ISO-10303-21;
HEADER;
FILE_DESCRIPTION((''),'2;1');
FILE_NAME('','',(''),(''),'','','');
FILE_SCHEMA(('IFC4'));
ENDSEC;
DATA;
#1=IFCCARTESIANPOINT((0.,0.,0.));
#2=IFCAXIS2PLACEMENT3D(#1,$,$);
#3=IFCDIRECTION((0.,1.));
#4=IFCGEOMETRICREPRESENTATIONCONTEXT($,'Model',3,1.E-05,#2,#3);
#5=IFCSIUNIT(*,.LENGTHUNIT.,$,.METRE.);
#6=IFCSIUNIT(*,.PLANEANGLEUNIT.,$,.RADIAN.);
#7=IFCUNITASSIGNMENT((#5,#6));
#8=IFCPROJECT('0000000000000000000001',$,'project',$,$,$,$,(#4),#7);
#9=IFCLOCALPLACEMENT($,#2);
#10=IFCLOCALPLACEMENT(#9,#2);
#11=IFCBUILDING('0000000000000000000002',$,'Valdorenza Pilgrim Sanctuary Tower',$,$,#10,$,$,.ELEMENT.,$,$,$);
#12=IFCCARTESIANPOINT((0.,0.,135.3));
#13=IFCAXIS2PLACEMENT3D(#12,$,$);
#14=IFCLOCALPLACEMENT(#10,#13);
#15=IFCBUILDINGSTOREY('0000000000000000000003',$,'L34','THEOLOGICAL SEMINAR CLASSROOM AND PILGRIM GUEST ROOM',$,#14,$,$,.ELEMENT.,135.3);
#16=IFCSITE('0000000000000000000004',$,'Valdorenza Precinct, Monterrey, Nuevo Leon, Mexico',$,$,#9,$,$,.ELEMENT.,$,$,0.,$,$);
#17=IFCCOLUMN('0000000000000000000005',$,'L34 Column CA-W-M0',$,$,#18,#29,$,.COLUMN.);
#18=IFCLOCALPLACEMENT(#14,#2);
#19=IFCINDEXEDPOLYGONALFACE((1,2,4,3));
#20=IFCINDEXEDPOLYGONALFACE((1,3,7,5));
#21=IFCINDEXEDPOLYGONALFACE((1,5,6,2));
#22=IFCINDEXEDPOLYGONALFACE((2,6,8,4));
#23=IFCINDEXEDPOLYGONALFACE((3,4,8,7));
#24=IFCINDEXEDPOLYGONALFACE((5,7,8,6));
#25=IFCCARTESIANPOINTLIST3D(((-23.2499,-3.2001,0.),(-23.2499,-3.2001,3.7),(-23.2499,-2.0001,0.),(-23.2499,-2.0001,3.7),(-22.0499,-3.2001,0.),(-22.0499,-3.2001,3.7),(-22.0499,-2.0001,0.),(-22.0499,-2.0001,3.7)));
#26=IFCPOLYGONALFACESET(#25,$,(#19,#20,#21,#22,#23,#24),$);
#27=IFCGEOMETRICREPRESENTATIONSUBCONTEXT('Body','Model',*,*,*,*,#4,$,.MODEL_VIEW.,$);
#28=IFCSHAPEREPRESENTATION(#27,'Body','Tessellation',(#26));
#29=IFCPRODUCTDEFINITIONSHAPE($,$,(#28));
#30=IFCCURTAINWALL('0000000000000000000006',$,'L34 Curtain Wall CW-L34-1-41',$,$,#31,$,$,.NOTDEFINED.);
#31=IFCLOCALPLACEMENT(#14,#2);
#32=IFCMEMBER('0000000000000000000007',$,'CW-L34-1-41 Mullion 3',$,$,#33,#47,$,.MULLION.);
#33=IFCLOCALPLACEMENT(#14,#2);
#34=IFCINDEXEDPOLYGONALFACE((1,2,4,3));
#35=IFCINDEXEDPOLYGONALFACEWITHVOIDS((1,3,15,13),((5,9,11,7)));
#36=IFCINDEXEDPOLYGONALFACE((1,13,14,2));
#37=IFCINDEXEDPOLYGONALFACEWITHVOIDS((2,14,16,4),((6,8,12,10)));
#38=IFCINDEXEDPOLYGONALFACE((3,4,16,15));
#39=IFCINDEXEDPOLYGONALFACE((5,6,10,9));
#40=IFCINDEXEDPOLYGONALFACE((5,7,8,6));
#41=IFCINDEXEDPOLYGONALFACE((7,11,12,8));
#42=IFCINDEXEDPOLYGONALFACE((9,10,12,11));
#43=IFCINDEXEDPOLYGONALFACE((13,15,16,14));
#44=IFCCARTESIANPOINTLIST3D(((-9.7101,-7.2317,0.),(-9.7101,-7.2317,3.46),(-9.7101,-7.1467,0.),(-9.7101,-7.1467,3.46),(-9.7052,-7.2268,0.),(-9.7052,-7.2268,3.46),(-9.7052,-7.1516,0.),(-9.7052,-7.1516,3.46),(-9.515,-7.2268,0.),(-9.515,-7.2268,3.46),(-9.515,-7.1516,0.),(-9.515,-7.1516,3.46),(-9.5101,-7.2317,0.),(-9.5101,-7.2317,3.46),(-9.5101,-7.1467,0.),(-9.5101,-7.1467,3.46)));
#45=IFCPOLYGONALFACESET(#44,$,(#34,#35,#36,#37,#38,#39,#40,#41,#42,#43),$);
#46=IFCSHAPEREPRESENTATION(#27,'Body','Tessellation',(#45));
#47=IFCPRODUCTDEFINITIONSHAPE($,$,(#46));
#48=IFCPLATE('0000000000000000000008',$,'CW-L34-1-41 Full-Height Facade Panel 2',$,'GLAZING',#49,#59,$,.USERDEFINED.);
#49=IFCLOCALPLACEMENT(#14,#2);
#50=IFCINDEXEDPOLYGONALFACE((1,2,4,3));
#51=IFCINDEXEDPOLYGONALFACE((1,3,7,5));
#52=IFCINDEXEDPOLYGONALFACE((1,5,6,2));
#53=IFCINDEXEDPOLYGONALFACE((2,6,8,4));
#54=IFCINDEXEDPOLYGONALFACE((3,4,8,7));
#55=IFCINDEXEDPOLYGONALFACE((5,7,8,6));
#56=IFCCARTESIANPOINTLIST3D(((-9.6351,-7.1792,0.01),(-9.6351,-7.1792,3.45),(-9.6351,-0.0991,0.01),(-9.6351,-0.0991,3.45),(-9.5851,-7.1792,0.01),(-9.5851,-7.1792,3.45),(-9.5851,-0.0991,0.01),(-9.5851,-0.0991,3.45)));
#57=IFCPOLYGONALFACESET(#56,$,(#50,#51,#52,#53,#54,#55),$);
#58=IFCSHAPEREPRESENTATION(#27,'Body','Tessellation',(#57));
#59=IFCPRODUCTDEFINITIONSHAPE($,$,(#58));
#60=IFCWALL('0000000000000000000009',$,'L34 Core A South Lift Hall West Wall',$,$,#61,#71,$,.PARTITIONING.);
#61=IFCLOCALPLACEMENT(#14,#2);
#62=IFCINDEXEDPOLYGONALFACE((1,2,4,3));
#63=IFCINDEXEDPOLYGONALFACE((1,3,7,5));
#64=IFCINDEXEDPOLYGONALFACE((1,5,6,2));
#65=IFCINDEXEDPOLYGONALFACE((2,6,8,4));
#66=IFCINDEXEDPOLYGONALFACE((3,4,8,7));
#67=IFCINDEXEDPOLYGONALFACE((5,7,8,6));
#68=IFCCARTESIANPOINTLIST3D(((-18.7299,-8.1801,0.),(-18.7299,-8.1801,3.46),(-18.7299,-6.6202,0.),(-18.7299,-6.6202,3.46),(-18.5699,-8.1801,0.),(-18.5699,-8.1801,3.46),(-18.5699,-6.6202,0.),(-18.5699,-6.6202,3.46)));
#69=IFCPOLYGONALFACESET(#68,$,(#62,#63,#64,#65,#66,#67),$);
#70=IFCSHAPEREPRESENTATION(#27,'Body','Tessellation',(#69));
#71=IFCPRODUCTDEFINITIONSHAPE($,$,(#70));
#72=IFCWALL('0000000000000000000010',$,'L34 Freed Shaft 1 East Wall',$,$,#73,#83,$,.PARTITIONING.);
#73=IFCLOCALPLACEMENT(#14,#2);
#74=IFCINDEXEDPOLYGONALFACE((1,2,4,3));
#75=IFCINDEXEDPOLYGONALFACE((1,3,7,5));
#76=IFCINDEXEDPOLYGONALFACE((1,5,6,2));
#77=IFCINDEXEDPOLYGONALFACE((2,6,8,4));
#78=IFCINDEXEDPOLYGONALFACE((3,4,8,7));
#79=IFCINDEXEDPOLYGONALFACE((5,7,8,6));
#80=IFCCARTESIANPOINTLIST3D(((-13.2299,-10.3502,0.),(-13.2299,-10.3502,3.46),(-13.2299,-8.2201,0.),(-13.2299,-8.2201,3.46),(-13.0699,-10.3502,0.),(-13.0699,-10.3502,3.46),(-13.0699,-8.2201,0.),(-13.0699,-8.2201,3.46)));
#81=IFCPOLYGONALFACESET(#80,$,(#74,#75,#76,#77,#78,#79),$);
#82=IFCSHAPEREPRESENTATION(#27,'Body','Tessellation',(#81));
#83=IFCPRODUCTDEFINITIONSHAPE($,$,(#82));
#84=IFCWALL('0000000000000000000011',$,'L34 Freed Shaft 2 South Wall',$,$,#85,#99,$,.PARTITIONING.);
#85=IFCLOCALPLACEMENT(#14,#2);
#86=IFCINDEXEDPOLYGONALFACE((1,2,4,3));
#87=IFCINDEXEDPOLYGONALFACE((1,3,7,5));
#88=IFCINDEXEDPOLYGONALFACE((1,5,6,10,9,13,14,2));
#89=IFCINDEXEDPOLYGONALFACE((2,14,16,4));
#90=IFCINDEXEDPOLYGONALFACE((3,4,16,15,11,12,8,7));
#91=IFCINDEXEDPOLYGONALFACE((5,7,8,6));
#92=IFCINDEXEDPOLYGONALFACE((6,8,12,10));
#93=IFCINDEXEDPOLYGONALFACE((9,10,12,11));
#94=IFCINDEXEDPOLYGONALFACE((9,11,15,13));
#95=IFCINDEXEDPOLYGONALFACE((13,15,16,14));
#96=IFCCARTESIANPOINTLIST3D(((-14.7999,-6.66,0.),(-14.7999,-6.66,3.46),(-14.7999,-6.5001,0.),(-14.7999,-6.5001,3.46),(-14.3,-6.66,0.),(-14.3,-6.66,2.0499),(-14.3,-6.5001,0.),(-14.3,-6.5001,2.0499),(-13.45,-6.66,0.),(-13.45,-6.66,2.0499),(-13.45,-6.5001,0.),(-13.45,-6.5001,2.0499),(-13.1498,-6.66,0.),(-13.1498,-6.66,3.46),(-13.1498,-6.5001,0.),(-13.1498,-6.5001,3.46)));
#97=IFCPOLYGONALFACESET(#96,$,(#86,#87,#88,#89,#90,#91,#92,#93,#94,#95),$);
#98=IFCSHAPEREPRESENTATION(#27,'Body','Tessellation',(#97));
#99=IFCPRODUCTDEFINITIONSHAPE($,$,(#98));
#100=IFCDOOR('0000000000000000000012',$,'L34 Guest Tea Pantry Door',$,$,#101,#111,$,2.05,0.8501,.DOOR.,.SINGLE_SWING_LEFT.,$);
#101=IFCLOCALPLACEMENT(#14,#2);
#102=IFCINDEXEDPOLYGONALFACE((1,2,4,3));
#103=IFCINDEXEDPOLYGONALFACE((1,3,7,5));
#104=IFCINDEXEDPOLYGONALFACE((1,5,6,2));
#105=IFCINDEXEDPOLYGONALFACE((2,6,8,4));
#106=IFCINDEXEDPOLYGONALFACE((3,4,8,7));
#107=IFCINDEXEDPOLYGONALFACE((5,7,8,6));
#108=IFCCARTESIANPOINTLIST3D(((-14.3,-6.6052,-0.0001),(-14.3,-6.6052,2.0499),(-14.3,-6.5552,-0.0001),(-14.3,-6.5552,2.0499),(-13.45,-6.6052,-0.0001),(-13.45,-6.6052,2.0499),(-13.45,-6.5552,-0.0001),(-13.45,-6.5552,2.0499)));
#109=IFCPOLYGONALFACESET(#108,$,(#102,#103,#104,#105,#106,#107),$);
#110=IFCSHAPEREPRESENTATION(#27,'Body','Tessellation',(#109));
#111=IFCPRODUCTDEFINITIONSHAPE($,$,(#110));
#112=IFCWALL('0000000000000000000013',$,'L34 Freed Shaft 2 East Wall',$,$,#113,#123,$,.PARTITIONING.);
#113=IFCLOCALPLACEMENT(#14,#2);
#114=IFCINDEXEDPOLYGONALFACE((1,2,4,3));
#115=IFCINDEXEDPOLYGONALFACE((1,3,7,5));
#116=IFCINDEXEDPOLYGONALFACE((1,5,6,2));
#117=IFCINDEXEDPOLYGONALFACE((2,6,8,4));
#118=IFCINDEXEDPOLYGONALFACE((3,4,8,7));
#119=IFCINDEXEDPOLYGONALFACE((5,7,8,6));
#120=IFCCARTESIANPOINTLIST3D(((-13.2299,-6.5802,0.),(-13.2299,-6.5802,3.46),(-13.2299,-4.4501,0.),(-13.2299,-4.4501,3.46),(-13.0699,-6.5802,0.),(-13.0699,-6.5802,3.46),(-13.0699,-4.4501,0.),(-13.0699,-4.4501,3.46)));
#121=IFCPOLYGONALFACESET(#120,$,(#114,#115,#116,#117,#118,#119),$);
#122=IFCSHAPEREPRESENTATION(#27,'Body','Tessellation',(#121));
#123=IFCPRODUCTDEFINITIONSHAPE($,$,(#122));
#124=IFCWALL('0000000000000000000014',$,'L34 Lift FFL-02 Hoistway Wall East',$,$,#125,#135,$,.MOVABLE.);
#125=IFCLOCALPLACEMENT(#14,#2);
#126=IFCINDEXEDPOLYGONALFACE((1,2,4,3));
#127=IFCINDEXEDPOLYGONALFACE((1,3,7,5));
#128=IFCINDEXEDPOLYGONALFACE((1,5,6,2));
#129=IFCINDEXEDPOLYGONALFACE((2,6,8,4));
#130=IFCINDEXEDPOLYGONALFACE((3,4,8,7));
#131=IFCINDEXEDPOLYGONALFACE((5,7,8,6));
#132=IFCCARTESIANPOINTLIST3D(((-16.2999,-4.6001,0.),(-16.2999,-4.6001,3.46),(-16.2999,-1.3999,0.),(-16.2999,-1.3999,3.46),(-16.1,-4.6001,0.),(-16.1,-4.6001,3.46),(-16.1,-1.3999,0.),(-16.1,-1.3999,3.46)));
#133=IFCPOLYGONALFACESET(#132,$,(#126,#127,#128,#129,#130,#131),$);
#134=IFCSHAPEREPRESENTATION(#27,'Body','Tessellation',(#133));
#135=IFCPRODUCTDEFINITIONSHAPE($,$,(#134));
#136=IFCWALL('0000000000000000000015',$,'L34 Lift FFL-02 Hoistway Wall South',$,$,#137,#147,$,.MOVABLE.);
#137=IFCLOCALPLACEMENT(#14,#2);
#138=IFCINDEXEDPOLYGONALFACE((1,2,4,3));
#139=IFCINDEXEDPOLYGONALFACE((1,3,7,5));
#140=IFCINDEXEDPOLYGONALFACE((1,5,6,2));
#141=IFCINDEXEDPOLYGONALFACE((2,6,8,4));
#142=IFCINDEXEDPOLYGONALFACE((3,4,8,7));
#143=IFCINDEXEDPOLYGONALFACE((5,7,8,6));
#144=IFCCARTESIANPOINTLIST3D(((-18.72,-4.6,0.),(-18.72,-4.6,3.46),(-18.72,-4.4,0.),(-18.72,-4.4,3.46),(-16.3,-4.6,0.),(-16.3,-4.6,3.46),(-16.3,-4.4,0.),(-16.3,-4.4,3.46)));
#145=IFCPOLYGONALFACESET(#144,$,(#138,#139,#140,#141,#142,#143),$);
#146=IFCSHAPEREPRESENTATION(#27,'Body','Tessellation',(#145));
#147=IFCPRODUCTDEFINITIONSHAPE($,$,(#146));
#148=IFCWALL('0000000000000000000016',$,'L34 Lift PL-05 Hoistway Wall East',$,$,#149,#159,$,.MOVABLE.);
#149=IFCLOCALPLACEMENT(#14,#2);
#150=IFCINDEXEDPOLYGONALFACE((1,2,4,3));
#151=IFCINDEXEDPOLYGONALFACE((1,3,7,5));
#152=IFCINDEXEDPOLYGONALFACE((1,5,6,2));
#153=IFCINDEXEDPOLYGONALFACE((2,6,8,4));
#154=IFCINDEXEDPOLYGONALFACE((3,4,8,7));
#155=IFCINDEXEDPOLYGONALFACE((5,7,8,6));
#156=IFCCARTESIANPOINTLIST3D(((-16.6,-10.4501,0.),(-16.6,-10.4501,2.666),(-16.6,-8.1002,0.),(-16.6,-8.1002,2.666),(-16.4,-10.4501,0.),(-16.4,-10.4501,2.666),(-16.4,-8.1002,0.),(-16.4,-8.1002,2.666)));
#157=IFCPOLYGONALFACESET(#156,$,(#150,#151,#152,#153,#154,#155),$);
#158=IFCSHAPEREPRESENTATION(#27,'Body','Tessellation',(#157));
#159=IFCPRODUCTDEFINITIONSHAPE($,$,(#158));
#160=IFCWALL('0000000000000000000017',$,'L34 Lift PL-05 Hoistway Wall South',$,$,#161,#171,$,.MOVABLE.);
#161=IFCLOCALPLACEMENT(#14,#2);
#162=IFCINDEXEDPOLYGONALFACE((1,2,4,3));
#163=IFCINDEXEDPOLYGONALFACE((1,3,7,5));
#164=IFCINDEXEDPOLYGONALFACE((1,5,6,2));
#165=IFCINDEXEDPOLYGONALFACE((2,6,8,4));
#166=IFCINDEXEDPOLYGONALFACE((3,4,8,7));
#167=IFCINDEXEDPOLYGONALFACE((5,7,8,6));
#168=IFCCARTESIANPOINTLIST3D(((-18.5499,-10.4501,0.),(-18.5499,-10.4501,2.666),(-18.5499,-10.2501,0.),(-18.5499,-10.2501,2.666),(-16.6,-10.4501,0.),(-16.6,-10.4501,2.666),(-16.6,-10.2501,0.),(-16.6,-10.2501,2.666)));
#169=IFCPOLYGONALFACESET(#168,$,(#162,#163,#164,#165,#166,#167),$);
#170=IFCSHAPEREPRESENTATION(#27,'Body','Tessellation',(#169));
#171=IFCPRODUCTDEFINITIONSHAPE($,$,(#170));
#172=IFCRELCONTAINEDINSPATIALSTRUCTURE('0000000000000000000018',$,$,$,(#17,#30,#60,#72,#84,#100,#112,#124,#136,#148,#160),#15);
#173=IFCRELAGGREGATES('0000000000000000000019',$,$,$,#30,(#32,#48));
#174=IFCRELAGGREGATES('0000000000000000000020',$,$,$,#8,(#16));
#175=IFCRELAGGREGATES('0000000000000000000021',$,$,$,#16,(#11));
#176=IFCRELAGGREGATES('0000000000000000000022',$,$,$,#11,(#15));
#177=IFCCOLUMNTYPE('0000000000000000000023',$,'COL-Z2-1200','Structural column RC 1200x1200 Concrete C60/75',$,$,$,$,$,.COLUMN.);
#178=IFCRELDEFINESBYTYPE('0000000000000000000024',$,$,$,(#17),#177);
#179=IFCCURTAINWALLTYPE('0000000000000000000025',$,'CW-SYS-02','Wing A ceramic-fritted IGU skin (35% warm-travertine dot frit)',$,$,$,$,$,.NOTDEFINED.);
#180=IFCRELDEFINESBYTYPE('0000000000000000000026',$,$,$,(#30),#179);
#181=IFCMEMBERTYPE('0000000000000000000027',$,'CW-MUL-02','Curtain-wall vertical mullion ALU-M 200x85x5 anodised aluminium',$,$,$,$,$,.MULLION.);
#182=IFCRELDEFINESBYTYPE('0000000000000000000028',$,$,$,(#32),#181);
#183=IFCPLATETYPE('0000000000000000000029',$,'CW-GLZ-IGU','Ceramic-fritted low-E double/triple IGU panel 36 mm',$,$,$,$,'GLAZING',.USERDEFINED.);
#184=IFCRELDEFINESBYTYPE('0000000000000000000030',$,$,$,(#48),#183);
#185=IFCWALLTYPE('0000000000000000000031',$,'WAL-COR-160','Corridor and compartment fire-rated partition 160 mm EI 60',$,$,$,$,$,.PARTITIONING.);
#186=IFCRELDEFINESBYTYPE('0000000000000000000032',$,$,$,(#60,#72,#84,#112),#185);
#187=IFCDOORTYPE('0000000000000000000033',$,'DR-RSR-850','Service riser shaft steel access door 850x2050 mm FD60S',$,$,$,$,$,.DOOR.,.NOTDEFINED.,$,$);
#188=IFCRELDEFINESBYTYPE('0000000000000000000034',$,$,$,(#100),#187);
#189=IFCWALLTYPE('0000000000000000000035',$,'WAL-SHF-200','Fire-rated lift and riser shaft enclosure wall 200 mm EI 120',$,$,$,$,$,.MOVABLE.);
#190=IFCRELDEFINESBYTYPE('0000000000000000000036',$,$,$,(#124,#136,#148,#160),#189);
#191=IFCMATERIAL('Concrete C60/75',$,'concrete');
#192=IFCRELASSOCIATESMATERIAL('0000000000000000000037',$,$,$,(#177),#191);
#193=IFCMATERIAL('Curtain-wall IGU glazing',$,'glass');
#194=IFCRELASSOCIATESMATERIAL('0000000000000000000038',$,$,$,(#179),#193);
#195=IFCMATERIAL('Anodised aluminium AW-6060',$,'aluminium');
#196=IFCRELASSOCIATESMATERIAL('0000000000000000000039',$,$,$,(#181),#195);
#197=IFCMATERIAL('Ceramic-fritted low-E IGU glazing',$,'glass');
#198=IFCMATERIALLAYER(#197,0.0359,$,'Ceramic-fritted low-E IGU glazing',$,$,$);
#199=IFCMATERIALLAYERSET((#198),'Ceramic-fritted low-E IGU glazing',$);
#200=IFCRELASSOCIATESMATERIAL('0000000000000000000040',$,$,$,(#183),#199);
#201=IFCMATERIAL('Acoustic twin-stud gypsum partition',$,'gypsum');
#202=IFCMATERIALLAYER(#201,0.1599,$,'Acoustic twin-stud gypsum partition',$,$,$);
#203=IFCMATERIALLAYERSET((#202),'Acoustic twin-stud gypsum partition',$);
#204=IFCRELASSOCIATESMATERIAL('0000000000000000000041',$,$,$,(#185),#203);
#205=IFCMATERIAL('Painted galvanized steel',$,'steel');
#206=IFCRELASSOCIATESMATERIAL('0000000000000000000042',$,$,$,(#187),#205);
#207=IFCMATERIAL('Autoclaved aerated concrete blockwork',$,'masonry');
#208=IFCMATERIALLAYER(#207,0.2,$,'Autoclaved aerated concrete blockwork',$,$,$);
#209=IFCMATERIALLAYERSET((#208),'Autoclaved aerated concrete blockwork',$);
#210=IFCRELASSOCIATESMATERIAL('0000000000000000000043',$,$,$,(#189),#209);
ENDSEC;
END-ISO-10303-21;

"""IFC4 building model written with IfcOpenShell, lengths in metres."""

from ifc_helpers import new_model, si_unit, direction, frame, frame_2d, origin, origin_2d, place, context, subcontext, project, spatial, rectangle, hollow_rectangle, extrude, source, transform, mapped, material, layer, layer_set, material_profile, profile_set, type_object, element, fill, aggregate, save


model = new_model("IFC4")

# Units and contexts
model_context = context("Model", 3, precision=1e-05, world=origin(), true_north=direction((0.0, 1.0)))
body_context = subcontext(model_context, "Body", "Model", "MODEL_VIEW")
ifc_project = project(units=[si_unit("LENGTHUNIT", "METRE"), si_unit("PLANEANGLEUNIT", "RADIAN")], contexts=[model_context])

# Site, building, storey
site_placement = place(None, origin())
site = spatial("IfcSite", under=ifc_project, at=site_placement, Name="Valdorenza Precinct, Monterrey, Nuevo Leon, Mexico", CompositionType="ELEMENT", RefElevation=0.0)
building_placement = place(site_placement, origin())
building = spatial("IfcBuilding", under=site, at=building_placement, Name="Valdorenza Pilgrim Sanctuary Tower", CompositionType="ELEMENT")
storey_placement = place(building_placement, frame((0.0, 0.0, 135.3)))
storey = spatial("IfcBuildingStorey", under=building, at=storey_placement, Name="L34", Description="THEOLOGICAL SEMINAR CLASSROOM AND PILGRIM GUEST ROOM", CompositionType="ELEMENT", Elevation=135.3)

# Column
ifc_material_1 = material(Name="Concrete C60/75", Category="concrete")
ifc_material_profile_1 = material_profile(ifc_material_1, rectangle(XDim=1.2, YDim=1.2, at=origin_2d()), Name="RC 1200x1200")
ifc_profile_set_1 = profile_set([ifc_material_profile_1], Name="Concrete C60/75")
column_type = type_object("IfcColumnType", Name="COL-Z2-1200", Description="Structural column RC 1200x1200 Concrete C60/75", PredefinedType="COLUMN", material=ifc_profile_set_1)
shared_shape_1 = source(origin(), body_context, "Body", "SweptSolid", [
    extrude(rectangle(XDim=1.2, YDim=1.2, at=origin_2d()), origin(), (0.0, 0.0, 1.0), 3.7),
])
column_placement = place(storey_placement, frame((-22.6499, -2.6001, 0.0), z_axis=(0.0, 0.0, 1.0), x_axis=(1.0, 0.0, 0.0)))
element("IfcColumn", 1, at=column_placement, inside=storey, type_object=column_type, Name="L34 Column CA-W-M0", PredefinedType="COLUMN", context=body_context, shape_type="MappedRepresentation", body=[
    mapped(shared_shape_1, transform((0.0, 0.0, 0.0), x_axis=(1.0, 0.0, 0.0), y_axis=(0.0, 1.0, 0.0), z_axis=(0.0, 0.0, 1.0), scale=1.0)),
])

# Curtain wall, member, plate
ifc_material_2 = material(Name="Curtain-wall IGU glazing", Category="glass")
curtain_wall_type = type_object("IfcCurtainWallType", Name="CW-SYS-02", Description="Wing A ceramic-fritted IGU skin (35% warm-travertine dot frit)", PredefinedType="NOTDEFINED", material=ifc_material_2)
curtain_wall_placement = place(storey_placement, origin())
curtain_wall = element("IfcCurtainWall", 2, at=curtain_wall_placement, inside=storey, type_object=curtain_wall_type, Name="L34 Curtain Wall CW-L34-1-41", PredefinedType="NOTDEFINED")
ifc_material_3 = material(Name="Anodised aluminium AW-6060", Category="aluminium")
ifc_material_profile_2 = material_profile(ifc_material_3, hollow_rectangle(XDim=0.085, YDim=0.2, WallThickness=0.0049, at=origin_2d()), Name="ALU-M 200x85x5")
ifc_profile_set_2 = profile_set([ifc_material_profile_2], Name="Anodised aluminium AW-6060")
member_type = type_object("IfcMemberType", Name="CW-MUL-02", Description="Curtain-wall vertical mullion ALU-M 200x85x5 anodised aluminium", PredefinedType="MULLION", material=ifc_profile_set_2)
shared_shape_2 = source(origin(), body_context, "Body", "SweptSolid", [
    extrude(hollow_rectangle(XDim=0.085, YDim=0.2, WallThickness=0.0049, at=origin_2d()), origin(), (0.0, 0.0, 1.0), 3.46),
])
member_placement = place(storey_placement, frame((-9.6101, -7.1892, 0.0), z_axis=(0.0, 0.0, 1.0), x_axis=(0.0, -1.0, 0.0)))
member = element("IfcMember", 3, at=member_placement, type_object=member_type, Name="CW-L34-1-41 Mullion 3", PredefinedType="MULLION", context=body_context, shape_type="MappedRepresentation", body=[
    mapped(shared_shape_2, transform((0.0, 0.0, 0.0), x_axis=(1.0, 0.0, 0.0), y_axis=(0.0, 1.0, 0.0), z_axis=(0.0, 0.0, 1.0), scale=1.0)),
])
ifc_material_4 = material(Name="Ceramic-fritted low-E IGU glazing", Category="glass")
ifc_layer_1 = layer(ifc_material_4, 0.0359, Name="Ceramic-fritted low-E IGU glazing")
ifc_layer_set_1 = layer_set([ifc_layer_1], Name="Ceramic-fritted low-E IGU glazing")
plate_type = type_object("IfcPlateType", Name="CW-GLZ-IGU", Description="Ceramic-fritted low-E double/triple IGU panel 36 mm", ElementType="GLAZING", PredefinedType="USERDEFINED", material=ifc_layer_set_1)
shared_shape_3 = source(origin(), body_context, "Body", "SweptSolid", [
    extrude(rectangle(XDim=7.0801, YDim=0.05, at=origin_2d()), origin(), (0.0, 0.0, 1.0), 3.4399),
])
plate_placement = place(storey_placement, frame((-9.6101, -3.6392, 0.01), z_axis=(0.0, 0.0, 1.0), x_axis=(0.0, -1.0, 0.0)))
plate = element("IfcPlate", 4, at=plate_placement, type_object=plate_type, Name="CW-L34-1-41 Full-Height Facade Panel 2", ObjectType="GLAZING", PredefinedType="USERDEFINED", context=body_context, shape_type="MappedRepresentation", body=[
    mapped(shared_shape_3, transform((0.0, 0.0, 0.0), x_axis=(1.0, 0.0, 0.0), y_axis=(0.0, 1.0, 0.0), z_axis=(0.0, 0.0, 1.0), scale=1.0)),
])
aggregate(curtain_wall, [member, plate])

# Wall
ifc_material_5 = material(Name="Acoustic twin-stud gypsum partition", Category="gypsum")
ifc_layer_2 = layer(ifc_material_5, 0.1599, Name="Acoustic twin-stud gypsum partition")
ifc_layer_set_2 = layer_set([ifc_layer_2], Name="Acoustic twin-stud gypsum partition")
wall_type_1 = type_object("IfcWallType", Name="WAL-COR-160", Description="Corridor and compartment fire-rated partition 160 mm EI 60", PredefinedType="PARTITIONING", material=ifc_layer_set_2)
wall_1_placement = place(storey_placement, frame((-18.6499, -8.1799, 0.0), z_axis=(0.0, 0.0, 1.0), x_axis=(0.0, 1.0, 0.0)))
element("IfcWall", 5, at=wall_1_placement, inside=storey, type_object=wall_type_1, Name="L34 Core A South Lift Hall West Wall", PredefinedType="PARTITIONING", context=body_context, shape_type="SweptSolid", body=[
    extrude(rectangle(XDim=1.5598, YDim=0.1599, at=frame_2d((0.7798, 0.0))), origin(), (0.0, 0.0, 1.0), 3.46),
])

# Wall
wall_2_placement = place(storey_placement, frame((-13.1499, -10.3501, 0.0), z_axis=(0.0, 0.0, 1.0), x_axis=(0.0, 1.0, 0.0)))
element("IfcWall", 6, at=wall_2_placement, inside=storey, type_object=wall_type_1, Name="L34 Freed Shaft 1 East Wall", PredefinedType="PARTITIONING", context=body_context, shape_type="SweptSolid", body=[
    extrude(rectangle(XDim=2.1301, YDim=0.1599, at=frame_2d((1.0649, 0.0))), origin(), (0.0, 0.0, 1.0), 3.46),
])

# Wall, opening, door
wall_3_placement = place(storey_placement, frame((-14.8, -6.5801, 0.0), z_axis=(0.0, 0.0, 1.0), x_axis=(1.0, 0.0, 0.0)))
wall_3 = element("IfcWall", 7, at=wall_3_placement, inside=storey, type_object=wall_type_1, Name="L34 Freed Shaft 2 South Wall", PredefinedType="PARTITIONING", context=body_context, shape_type="SweptSolid", body=[
    extrude(rectangle(XDim=1.6501, YDim=0.1599, at=frame_2d((0.8252, 0.0))), origin(), (0.0, 0.0, 1.0), 3.46),
])
opening_1_placement = place(wall_3_placement, frame((0.5, 0.0, 0.0)))
opening_1 = element("IfcOpeningElement", 8, at=opening_1_placement, cuts=wall_3, PredefinedType="OPENING", context=body_context, shape_type="SweptSolid", body=[
    extrude(rectangle(XDim=0.8501, YDim=2.05, at=frame_2d((0.425, 1.0249))), frame((0.0, 0.0947, 0.0), z_axis=(0.0, -1.0, 0.0), x_axis=(1.0, 0.0, 0.0)), (0.0, 0.0, 1.0), 0.1897),
])
ifc_material_6 = material(Name="Painted galvanized steel", Category="steel")
door_type_1 = type_object("IfcDoorType", Name="DR-RSR-850", Description="Service riser shaft steel access door 850x2050 mm FD60S", OperationType="NOTDEFINED", PredefinedType="DOOR", material=ifc_material_6)
door_1_placement = place(opening_1_placement, origin())
door_1 = element("IfcDoor", 9, at=door_1_placement, inside=storey, type_object=door_type_1, Name="L34 Guest Tea Pantry Door", OperationType="SINGLE_SWING_LEFT", OverallHeight=2.05, OverallWidth=0.8501, PredefinedType="DOOR", context=body_context, shape_type="SweptSolid", body=[
    extrude(rectangle(XDim=0.8501, YDim=2.05, at=frame_2d((0.425, 1.0249))), frame((0.0, 0.0249, 0.0), z_axis=(0.0, -1.0, 0.0), x_axis=(1.0, 0.0, 0.0)), (0.0, 0.0, 1.0), 0.05),
])
fill(opening_1, door_1)

# Walls
wall_4_placement = place(storey_placement, frame((-13.1499, -6.5801, 0.0), z_axis=(0.0, 0.0, 1.0), x_axis=(0.0, 1.0, 0.0)))
element("IfcWall", 10, at=wall_4_placement, inside=storey, type_object=wall_type_1, Name="L34 Freed Shaft 2 East Wall", PredefinedType="PARTITIONING", context=body_context, shape_type="SweptSolid", body=[
    extrude(rectangle(XDim=2.1301, YDim=0.1599, at=frame_2d((1.0649, 0.0))), origin(), (0.0, 0.0, 1.0), 3.46),
])
ifc_material_7 = material(Name="Autoclaved aerated concrete blockwork", Category="masonry")
ifc_layer_3 = layer(ifc_material_7, 0.2, Name="Autoclaved aerated concrete blockwork")
ifc_layer_set_3 = layer_set([ifc_layer_3], Name="Autoclaved aerated concrete blockwork")
wall_type_2 = type_object("IfcWallType", Name="WAL-SHF-200", Description="Fire-rated lift and riser shaft enclosure wall 200 mm EI 120", PredefinedType="MOVABLE", material=ifc_layer_set_3)
wall_5_placement = place(storey_placement, frame((-16.2, -4.6001, 0.0), z_axis=(0.0, 0.0, 1.0), x_axis=(0.0, 1.0, 0.0)))
element("IfcWall", 11, at=wall_5_placement, inside=storey, type_object=wall_type_2, Name="L34 Lift FFL-02 Hoistway Wall East", PredefinedType="MOVABLE", context=body_context, shape_type="SweptSolid", body=[
    extrude(rectangle(XDim=3.2002, YDim=0.2, at=frame_2d((1.6001, 0.0))), origin(), (0.0, 0.0, 1.0), 3.46),
])
wall_6_placement = place(storey_placement, frame((-18.72, -4.5, 0.0), z_axis=(0.0, 0.0, 1.0), x_axis=(1.0, 0.0, 0.0)))
element("IfcWall", 12, at=wall_6_placement, inside=storey, type_object=wall_type_2, Name="L34 Lift FFL-02 Hoistway Wall South", PredefinedType="MOVABLE", context=body_context, shape_type="SweptSolid", body=[
    extrude(rectangle(XDim=2.4199, YDim=0.2, at=frame_2d((1.21, 0.0))), origin(), (0.0, 0.0, 1.0), 3.46),
])
wall_7_placement = place(storey_placement, frame((-16.5, -10.45, 0.0), z_axis=(0.0, 0.0, 1.0), x_axis=(0.0, 1.0, 0.0)))
element("IfcWall", 13, at=wall_7_placement, inside=storey, type_object=wall_type_2, Name="L34 Lift PL-05 Hoistway Wall East", PredefinedType="MOVABLE", context=body_context, shape_type="SweptSolid", body=[
    extrude(rectangle(XDim=2.3499, YDim=0.2, at=frame_2d((1.1748, 0.0))), origin(), (0.0, 0.0, 1.0), 2.666),
])
wall_8_placement = place(storey_placement, frame((-18.55, -10.3501, 0.0), z_axis=(0.0, 0.0, 1.0), x_axis=(1.0, 0.0, 0.0)))
element("IfcWall", 14, at=wall_8_placement, inside=storey, type_object=wall_type_2, Name="L34 Lift PL-05 Hoistway Wall South", PredefinedType="MOVABLE", context=body_context, shape_type="SweptSolid", body=[
    extrude(rectangle(XDim=1.95, YDim=0.2, at=frame_2d((0.9751, 0.0))), origin(), (0.0, 0.0, 1.0), 2.666),
])

save(model, "model.ifc")
